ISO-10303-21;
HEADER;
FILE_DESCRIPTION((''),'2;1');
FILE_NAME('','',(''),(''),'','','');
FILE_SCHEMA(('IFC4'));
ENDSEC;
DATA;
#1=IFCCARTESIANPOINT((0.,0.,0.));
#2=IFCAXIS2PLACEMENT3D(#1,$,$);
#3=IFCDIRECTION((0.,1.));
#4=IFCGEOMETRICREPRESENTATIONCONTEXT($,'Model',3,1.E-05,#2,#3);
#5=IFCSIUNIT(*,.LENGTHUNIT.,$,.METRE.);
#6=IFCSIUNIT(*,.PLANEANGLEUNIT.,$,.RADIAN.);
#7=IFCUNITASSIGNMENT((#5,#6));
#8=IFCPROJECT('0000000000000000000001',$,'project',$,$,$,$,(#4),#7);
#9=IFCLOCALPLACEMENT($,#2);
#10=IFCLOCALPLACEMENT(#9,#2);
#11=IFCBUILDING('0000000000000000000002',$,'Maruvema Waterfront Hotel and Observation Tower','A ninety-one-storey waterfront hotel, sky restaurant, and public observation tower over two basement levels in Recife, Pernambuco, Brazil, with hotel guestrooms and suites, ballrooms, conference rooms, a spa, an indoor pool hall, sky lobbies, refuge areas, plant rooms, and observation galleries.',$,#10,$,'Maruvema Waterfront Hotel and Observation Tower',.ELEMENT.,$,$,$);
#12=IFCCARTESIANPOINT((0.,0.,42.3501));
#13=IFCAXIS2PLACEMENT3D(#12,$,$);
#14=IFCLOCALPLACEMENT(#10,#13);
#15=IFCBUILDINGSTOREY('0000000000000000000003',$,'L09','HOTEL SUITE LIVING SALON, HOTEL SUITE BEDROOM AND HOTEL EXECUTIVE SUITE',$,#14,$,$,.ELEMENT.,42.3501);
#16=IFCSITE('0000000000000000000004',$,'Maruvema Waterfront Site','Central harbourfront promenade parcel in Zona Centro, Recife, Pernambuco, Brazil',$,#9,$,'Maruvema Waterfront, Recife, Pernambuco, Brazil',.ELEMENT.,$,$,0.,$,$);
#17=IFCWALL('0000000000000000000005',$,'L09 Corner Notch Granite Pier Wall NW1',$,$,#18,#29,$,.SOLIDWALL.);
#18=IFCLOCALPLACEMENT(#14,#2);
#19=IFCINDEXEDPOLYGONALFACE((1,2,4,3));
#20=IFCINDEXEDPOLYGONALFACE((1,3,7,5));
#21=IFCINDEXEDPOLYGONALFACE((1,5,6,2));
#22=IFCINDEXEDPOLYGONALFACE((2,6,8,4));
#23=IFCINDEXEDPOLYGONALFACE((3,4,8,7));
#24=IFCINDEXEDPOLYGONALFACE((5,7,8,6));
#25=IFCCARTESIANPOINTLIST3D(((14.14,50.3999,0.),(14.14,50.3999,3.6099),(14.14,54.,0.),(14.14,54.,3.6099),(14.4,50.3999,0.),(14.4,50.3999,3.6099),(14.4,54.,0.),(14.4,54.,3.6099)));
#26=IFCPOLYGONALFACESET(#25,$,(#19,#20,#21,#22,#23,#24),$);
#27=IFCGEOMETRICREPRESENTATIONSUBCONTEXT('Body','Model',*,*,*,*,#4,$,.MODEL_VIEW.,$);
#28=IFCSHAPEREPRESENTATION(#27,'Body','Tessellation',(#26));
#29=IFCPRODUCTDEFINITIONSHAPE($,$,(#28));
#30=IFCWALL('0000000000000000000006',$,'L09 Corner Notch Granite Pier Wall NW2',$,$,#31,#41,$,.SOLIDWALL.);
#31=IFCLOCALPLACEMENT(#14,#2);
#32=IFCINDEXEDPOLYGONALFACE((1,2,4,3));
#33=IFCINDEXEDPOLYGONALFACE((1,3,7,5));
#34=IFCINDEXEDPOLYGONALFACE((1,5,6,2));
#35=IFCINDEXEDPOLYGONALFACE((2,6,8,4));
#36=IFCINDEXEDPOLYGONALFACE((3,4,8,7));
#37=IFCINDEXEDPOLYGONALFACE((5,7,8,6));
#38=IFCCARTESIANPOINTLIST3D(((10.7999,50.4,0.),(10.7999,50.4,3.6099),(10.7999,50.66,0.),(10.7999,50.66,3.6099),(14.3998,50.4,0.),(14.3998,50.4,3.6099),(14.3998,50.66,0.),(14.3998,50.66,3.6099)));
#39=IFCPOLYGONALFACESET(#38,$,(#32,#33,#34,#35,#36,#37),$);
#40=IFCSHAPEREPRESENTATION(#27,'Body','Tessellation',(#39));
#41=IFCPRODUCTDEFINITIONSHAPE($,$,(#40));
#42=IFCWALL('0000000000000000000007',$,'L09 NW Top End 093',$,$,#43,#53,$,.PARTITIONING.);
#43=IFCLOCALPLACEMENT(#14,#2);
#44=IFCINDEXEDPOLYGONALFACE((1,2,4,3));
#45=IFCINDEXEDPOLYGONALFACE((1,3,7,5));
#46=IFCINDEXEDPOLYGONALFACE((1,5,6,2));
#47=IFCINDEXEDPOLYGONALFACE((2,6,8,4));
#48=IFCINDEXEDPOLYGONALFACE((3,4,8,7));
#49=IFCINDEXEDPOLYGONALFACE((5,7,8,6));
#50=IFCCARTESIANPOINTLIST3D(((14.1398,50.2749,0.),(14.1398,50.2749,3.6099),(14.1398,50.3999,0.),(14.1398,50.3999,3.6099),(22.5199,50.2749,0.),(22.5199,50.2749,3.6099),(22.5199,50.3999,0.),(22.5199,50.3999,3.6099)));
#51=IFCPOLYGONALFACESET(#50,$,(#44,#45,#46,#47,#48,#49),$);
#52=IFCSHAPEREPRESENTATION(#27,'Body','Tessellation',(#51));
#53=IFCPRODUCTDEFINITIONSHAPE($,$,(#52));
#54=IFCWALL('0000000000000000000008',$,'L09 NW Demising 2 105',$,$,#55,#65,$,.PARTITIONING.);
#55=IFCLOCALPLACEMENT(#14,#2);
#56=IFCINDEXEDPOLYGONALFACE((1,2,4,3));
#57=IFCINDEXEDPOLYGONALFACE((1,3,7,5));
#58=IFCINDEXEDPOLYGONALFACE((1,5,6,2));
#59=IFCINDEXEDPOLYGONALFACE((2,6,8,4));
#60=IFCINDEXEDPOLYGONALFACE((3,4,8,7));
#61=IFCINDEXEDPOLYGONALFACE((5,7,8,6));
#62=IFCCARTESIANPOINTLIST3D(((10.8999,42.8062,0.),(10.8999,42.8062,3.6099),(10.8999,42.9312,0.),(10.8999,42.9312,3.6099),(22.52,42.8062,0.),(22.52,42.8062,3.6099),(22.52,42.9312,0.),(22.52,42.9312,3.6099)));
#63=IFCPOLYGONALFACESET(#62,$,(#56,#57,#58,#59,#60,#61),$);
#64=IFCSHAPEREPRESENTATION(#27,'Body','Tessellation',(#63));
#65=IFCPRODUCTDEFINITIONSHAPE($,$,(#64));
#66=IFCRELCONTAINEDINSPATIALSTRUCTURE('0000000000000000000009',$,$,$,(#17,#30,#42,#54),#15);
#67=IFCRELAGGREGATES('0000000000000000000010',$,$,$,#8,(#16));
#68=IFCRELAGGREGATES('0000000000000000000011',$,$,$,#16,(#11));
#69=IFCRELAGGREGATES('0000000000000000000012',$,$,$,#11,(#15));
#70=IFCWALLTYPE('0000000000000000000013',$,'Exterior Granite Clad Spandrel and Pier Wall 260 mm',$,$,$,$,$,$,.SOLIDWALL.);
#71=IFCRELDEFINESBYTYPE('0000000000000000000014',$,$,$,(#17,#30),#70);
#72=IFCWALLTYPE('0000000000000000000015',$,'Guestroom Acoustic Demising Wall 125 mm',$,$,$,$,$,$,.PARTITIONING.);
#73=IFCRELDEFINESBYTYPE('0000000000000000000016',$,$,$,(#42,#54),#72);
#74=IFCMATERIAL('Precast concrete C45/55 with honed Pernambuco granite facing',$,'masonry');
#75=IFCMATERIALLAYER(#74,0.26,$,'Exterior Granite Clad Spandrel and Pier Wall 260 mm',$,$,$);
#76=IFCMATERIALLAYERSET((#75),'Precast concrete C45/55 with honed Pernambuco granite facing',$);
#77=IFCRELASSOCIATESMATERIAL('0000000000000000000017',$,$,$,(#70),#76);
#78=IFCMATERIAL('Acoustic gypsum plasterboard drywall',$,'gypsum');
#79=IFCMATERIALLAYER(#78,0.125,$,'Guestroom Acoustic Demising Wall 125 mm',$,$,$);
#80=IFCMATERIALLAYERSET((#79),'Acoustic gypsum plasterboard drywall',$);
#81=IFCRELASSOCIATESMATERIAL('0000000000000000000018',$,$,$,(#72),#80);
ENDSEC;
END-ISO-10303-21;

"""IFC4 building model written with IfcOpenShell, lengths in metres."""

from ifc_helpers import new_model, si_unit, direction, frame, frame_2d, origin, place, context, subcontext, project, spatial, rectangle, extrude, material, layer, layer_set, type_object, element, save


model = new_model("IFC4")

# Units and contexts
model_context = context("Model", 3, precision=1e-05, world=origin(), true_north=direction((0.0, 1.0)))
body_context = subcontext(model_context, "Body", "Model", "MODEL_VIEW")
ifc_project = project(units=[si_unit("LENGTHUNIT", "METRE"), si_unit("PLANEANGLEUNIT", "RADIAN")], contexts=[model_context])

# Site, building, storey
site_placement = place(None, origin())
site = spatial("IfcSite", under=ifc_project, at=site_placement, Name="Maruvema Waterfront Site", Description="Central harbourfront promenade parcel in Zona Centro, Recife, Pernambuco, Brazil", LongName="Maruvema Waterfront, Recife, Pernambuco, Brazil", CompositionType="ELEMENT", RefElevation=0.0)
building_placement = place(site_placement, origin())
building = spatial("IfcBuilding", under=site, at=building_placement, Name="Maruvema Waterfront Hotel and Observation Tower", Description="A ninety-one-storey waterfront hotel, sky restaurant, and public observation tower over two basement levels in Recife, Pernambuco, Brazil, with hotel guestrooms and suites, ballrooms, conference rooms, a spa, an indoor pool hall, sky lobbies, refuge areas, plant rooms, and observation galleries.", LongName="Maruvema Waterfront Hotel and Observation Tower", CompositionType="ELEMENT")
storey_placement = place(building_placement, frame((0.0, 0.0, 42.3501)))
storey = spatial("IfcBuildingStorey", under=building, at=storey_placement, Name="L09", Description="HOTEL SUITE LIVING SALON, HOTEL SUITE BEDROOM AND HOTEL EXECUTIVE SUITE", CompositionType="ELEMENT", Elevation=42.3501)

# Walls
ifc_material_1 = material(Name="Precast concrete C45/55 with honed Pernambuco granite facing", Category="masonry")
ifc_layer_1 = layer(ifc_material_1, 0.26, Name="Exterior Granite Clad Spandrel and Pier Wall 260 mm")
ifc_layer_set_1 = layer_set([ifc_layer_1], Name="Precast concrete C45/55 with honed Pernambuco granite facing")
wall_type_1 = type_object("IfcWallType", Name="Exterior Granite Clad Spandrel and Pier Wall 260 mm", PredefinedType="SOLIDWALL", material=ifc_layer_set_1)
wall_1_placement = place(storey_placement, frame((14.27, 50.3999, 0.0), z_axis=(0.0, 0.0, 1.0), x_axis=(0.0, 1.0, 0.0)))
element("IfcWall", 1, at=wall_1_placement, inside=storey, type_object=wall_type_1, Name="L09 Corner Notch Granite Pier Wall NW1", PredefinedType="SOLIDWALL", context=body_context, shape_type="SweptSolid", body=[
    extrude(rectangle(XDim=3.6001, YDim=0.26, at=frame_2d((1.8, 0.0))), origin(), (0.0, 0.0, 1.0), 3.6099),
])
wall_2_placement = place(storey_placement, frame((10.8, 50.53, 0.0), z_axis=(0.0, 0.0, 1.0), x_axis=(1.0, 0.0, 0.0)))
element("IfcWall", 2, at=wall_2_placement, inside=storey, type_object=wall_type_1, Name="L09 Corner Notch Granite Pier Wall NW2", PredefinedType="SOLIDWALL", context=body_context, shape_type="SweptSolid", body=[
    extrude(rectangle(XDim=3.5999, YDim=0.26, at=frame_2d((1.7998, 0.0))), origin(), (0.0, 0.0, 1.0), 3.6099),
])
ifc_material_2 = material(Name="Acoustic gypsum plasterboard drywall", Category="gypsum")
ifc_layer_2 = layer(ifc_material_2, 0.125, Name="Guestroom Acoustic Demising Wall 125 mm")
ifc_layer_set_2 = layer_set([ifc_layer_2], Name="Acoustic gypsum plasterboard drywall")
wall_type_2 = type_object("IfcWallType", Name="Guestroom Acoustic Demising Wall 125 mm", PredefinedType="PARTITIONING", material=ifc_layer_set_2)
wall_3_placement = place(storey_placement, frame((14.1399, 50.3374, 0.0), z_axis=(0.0, 0.0, 1.0), x_axis=(1.0, 0.0, 0.0)))
element("IfcWall", 3, at=wall_3_placement, inside=storey, type_object=wall_type_2, Name="L09 NW Top End 093", PredefinedType="PARTITIONING", context=body_context, shape_type="SweptSolid", body=[
    extrude(rectangle(XDim=8.3801, YDim=0.125, at=frame_2d((4.1899, 0.0))), origin(), (0.0, 0.0, 1.0), 3.6099),
])
wall_4_placement = place(storey_placement, frame((10.8999, 42.8687, 0.0), z_axis=(0.0, 0.0, 1.0), x_axis=(1.0, 0.0, 0.0)))
element("IfcWall", 4, at=wall_4_placement, inside=storey, type_object=wall_type_2, Name="L09 NW Demising 2 105", PredefinedType="PARTITIONING", context=body_context, shape_type="SweptSolid", body=[
    extrude(rectangle(XDim=11.6201, YDim=0.125, at=frame_2d((5.8101, 0.0))), origin(), (0.0, 0.0, 1.0), 3.6099),
])

save(model, "model.ifc")
